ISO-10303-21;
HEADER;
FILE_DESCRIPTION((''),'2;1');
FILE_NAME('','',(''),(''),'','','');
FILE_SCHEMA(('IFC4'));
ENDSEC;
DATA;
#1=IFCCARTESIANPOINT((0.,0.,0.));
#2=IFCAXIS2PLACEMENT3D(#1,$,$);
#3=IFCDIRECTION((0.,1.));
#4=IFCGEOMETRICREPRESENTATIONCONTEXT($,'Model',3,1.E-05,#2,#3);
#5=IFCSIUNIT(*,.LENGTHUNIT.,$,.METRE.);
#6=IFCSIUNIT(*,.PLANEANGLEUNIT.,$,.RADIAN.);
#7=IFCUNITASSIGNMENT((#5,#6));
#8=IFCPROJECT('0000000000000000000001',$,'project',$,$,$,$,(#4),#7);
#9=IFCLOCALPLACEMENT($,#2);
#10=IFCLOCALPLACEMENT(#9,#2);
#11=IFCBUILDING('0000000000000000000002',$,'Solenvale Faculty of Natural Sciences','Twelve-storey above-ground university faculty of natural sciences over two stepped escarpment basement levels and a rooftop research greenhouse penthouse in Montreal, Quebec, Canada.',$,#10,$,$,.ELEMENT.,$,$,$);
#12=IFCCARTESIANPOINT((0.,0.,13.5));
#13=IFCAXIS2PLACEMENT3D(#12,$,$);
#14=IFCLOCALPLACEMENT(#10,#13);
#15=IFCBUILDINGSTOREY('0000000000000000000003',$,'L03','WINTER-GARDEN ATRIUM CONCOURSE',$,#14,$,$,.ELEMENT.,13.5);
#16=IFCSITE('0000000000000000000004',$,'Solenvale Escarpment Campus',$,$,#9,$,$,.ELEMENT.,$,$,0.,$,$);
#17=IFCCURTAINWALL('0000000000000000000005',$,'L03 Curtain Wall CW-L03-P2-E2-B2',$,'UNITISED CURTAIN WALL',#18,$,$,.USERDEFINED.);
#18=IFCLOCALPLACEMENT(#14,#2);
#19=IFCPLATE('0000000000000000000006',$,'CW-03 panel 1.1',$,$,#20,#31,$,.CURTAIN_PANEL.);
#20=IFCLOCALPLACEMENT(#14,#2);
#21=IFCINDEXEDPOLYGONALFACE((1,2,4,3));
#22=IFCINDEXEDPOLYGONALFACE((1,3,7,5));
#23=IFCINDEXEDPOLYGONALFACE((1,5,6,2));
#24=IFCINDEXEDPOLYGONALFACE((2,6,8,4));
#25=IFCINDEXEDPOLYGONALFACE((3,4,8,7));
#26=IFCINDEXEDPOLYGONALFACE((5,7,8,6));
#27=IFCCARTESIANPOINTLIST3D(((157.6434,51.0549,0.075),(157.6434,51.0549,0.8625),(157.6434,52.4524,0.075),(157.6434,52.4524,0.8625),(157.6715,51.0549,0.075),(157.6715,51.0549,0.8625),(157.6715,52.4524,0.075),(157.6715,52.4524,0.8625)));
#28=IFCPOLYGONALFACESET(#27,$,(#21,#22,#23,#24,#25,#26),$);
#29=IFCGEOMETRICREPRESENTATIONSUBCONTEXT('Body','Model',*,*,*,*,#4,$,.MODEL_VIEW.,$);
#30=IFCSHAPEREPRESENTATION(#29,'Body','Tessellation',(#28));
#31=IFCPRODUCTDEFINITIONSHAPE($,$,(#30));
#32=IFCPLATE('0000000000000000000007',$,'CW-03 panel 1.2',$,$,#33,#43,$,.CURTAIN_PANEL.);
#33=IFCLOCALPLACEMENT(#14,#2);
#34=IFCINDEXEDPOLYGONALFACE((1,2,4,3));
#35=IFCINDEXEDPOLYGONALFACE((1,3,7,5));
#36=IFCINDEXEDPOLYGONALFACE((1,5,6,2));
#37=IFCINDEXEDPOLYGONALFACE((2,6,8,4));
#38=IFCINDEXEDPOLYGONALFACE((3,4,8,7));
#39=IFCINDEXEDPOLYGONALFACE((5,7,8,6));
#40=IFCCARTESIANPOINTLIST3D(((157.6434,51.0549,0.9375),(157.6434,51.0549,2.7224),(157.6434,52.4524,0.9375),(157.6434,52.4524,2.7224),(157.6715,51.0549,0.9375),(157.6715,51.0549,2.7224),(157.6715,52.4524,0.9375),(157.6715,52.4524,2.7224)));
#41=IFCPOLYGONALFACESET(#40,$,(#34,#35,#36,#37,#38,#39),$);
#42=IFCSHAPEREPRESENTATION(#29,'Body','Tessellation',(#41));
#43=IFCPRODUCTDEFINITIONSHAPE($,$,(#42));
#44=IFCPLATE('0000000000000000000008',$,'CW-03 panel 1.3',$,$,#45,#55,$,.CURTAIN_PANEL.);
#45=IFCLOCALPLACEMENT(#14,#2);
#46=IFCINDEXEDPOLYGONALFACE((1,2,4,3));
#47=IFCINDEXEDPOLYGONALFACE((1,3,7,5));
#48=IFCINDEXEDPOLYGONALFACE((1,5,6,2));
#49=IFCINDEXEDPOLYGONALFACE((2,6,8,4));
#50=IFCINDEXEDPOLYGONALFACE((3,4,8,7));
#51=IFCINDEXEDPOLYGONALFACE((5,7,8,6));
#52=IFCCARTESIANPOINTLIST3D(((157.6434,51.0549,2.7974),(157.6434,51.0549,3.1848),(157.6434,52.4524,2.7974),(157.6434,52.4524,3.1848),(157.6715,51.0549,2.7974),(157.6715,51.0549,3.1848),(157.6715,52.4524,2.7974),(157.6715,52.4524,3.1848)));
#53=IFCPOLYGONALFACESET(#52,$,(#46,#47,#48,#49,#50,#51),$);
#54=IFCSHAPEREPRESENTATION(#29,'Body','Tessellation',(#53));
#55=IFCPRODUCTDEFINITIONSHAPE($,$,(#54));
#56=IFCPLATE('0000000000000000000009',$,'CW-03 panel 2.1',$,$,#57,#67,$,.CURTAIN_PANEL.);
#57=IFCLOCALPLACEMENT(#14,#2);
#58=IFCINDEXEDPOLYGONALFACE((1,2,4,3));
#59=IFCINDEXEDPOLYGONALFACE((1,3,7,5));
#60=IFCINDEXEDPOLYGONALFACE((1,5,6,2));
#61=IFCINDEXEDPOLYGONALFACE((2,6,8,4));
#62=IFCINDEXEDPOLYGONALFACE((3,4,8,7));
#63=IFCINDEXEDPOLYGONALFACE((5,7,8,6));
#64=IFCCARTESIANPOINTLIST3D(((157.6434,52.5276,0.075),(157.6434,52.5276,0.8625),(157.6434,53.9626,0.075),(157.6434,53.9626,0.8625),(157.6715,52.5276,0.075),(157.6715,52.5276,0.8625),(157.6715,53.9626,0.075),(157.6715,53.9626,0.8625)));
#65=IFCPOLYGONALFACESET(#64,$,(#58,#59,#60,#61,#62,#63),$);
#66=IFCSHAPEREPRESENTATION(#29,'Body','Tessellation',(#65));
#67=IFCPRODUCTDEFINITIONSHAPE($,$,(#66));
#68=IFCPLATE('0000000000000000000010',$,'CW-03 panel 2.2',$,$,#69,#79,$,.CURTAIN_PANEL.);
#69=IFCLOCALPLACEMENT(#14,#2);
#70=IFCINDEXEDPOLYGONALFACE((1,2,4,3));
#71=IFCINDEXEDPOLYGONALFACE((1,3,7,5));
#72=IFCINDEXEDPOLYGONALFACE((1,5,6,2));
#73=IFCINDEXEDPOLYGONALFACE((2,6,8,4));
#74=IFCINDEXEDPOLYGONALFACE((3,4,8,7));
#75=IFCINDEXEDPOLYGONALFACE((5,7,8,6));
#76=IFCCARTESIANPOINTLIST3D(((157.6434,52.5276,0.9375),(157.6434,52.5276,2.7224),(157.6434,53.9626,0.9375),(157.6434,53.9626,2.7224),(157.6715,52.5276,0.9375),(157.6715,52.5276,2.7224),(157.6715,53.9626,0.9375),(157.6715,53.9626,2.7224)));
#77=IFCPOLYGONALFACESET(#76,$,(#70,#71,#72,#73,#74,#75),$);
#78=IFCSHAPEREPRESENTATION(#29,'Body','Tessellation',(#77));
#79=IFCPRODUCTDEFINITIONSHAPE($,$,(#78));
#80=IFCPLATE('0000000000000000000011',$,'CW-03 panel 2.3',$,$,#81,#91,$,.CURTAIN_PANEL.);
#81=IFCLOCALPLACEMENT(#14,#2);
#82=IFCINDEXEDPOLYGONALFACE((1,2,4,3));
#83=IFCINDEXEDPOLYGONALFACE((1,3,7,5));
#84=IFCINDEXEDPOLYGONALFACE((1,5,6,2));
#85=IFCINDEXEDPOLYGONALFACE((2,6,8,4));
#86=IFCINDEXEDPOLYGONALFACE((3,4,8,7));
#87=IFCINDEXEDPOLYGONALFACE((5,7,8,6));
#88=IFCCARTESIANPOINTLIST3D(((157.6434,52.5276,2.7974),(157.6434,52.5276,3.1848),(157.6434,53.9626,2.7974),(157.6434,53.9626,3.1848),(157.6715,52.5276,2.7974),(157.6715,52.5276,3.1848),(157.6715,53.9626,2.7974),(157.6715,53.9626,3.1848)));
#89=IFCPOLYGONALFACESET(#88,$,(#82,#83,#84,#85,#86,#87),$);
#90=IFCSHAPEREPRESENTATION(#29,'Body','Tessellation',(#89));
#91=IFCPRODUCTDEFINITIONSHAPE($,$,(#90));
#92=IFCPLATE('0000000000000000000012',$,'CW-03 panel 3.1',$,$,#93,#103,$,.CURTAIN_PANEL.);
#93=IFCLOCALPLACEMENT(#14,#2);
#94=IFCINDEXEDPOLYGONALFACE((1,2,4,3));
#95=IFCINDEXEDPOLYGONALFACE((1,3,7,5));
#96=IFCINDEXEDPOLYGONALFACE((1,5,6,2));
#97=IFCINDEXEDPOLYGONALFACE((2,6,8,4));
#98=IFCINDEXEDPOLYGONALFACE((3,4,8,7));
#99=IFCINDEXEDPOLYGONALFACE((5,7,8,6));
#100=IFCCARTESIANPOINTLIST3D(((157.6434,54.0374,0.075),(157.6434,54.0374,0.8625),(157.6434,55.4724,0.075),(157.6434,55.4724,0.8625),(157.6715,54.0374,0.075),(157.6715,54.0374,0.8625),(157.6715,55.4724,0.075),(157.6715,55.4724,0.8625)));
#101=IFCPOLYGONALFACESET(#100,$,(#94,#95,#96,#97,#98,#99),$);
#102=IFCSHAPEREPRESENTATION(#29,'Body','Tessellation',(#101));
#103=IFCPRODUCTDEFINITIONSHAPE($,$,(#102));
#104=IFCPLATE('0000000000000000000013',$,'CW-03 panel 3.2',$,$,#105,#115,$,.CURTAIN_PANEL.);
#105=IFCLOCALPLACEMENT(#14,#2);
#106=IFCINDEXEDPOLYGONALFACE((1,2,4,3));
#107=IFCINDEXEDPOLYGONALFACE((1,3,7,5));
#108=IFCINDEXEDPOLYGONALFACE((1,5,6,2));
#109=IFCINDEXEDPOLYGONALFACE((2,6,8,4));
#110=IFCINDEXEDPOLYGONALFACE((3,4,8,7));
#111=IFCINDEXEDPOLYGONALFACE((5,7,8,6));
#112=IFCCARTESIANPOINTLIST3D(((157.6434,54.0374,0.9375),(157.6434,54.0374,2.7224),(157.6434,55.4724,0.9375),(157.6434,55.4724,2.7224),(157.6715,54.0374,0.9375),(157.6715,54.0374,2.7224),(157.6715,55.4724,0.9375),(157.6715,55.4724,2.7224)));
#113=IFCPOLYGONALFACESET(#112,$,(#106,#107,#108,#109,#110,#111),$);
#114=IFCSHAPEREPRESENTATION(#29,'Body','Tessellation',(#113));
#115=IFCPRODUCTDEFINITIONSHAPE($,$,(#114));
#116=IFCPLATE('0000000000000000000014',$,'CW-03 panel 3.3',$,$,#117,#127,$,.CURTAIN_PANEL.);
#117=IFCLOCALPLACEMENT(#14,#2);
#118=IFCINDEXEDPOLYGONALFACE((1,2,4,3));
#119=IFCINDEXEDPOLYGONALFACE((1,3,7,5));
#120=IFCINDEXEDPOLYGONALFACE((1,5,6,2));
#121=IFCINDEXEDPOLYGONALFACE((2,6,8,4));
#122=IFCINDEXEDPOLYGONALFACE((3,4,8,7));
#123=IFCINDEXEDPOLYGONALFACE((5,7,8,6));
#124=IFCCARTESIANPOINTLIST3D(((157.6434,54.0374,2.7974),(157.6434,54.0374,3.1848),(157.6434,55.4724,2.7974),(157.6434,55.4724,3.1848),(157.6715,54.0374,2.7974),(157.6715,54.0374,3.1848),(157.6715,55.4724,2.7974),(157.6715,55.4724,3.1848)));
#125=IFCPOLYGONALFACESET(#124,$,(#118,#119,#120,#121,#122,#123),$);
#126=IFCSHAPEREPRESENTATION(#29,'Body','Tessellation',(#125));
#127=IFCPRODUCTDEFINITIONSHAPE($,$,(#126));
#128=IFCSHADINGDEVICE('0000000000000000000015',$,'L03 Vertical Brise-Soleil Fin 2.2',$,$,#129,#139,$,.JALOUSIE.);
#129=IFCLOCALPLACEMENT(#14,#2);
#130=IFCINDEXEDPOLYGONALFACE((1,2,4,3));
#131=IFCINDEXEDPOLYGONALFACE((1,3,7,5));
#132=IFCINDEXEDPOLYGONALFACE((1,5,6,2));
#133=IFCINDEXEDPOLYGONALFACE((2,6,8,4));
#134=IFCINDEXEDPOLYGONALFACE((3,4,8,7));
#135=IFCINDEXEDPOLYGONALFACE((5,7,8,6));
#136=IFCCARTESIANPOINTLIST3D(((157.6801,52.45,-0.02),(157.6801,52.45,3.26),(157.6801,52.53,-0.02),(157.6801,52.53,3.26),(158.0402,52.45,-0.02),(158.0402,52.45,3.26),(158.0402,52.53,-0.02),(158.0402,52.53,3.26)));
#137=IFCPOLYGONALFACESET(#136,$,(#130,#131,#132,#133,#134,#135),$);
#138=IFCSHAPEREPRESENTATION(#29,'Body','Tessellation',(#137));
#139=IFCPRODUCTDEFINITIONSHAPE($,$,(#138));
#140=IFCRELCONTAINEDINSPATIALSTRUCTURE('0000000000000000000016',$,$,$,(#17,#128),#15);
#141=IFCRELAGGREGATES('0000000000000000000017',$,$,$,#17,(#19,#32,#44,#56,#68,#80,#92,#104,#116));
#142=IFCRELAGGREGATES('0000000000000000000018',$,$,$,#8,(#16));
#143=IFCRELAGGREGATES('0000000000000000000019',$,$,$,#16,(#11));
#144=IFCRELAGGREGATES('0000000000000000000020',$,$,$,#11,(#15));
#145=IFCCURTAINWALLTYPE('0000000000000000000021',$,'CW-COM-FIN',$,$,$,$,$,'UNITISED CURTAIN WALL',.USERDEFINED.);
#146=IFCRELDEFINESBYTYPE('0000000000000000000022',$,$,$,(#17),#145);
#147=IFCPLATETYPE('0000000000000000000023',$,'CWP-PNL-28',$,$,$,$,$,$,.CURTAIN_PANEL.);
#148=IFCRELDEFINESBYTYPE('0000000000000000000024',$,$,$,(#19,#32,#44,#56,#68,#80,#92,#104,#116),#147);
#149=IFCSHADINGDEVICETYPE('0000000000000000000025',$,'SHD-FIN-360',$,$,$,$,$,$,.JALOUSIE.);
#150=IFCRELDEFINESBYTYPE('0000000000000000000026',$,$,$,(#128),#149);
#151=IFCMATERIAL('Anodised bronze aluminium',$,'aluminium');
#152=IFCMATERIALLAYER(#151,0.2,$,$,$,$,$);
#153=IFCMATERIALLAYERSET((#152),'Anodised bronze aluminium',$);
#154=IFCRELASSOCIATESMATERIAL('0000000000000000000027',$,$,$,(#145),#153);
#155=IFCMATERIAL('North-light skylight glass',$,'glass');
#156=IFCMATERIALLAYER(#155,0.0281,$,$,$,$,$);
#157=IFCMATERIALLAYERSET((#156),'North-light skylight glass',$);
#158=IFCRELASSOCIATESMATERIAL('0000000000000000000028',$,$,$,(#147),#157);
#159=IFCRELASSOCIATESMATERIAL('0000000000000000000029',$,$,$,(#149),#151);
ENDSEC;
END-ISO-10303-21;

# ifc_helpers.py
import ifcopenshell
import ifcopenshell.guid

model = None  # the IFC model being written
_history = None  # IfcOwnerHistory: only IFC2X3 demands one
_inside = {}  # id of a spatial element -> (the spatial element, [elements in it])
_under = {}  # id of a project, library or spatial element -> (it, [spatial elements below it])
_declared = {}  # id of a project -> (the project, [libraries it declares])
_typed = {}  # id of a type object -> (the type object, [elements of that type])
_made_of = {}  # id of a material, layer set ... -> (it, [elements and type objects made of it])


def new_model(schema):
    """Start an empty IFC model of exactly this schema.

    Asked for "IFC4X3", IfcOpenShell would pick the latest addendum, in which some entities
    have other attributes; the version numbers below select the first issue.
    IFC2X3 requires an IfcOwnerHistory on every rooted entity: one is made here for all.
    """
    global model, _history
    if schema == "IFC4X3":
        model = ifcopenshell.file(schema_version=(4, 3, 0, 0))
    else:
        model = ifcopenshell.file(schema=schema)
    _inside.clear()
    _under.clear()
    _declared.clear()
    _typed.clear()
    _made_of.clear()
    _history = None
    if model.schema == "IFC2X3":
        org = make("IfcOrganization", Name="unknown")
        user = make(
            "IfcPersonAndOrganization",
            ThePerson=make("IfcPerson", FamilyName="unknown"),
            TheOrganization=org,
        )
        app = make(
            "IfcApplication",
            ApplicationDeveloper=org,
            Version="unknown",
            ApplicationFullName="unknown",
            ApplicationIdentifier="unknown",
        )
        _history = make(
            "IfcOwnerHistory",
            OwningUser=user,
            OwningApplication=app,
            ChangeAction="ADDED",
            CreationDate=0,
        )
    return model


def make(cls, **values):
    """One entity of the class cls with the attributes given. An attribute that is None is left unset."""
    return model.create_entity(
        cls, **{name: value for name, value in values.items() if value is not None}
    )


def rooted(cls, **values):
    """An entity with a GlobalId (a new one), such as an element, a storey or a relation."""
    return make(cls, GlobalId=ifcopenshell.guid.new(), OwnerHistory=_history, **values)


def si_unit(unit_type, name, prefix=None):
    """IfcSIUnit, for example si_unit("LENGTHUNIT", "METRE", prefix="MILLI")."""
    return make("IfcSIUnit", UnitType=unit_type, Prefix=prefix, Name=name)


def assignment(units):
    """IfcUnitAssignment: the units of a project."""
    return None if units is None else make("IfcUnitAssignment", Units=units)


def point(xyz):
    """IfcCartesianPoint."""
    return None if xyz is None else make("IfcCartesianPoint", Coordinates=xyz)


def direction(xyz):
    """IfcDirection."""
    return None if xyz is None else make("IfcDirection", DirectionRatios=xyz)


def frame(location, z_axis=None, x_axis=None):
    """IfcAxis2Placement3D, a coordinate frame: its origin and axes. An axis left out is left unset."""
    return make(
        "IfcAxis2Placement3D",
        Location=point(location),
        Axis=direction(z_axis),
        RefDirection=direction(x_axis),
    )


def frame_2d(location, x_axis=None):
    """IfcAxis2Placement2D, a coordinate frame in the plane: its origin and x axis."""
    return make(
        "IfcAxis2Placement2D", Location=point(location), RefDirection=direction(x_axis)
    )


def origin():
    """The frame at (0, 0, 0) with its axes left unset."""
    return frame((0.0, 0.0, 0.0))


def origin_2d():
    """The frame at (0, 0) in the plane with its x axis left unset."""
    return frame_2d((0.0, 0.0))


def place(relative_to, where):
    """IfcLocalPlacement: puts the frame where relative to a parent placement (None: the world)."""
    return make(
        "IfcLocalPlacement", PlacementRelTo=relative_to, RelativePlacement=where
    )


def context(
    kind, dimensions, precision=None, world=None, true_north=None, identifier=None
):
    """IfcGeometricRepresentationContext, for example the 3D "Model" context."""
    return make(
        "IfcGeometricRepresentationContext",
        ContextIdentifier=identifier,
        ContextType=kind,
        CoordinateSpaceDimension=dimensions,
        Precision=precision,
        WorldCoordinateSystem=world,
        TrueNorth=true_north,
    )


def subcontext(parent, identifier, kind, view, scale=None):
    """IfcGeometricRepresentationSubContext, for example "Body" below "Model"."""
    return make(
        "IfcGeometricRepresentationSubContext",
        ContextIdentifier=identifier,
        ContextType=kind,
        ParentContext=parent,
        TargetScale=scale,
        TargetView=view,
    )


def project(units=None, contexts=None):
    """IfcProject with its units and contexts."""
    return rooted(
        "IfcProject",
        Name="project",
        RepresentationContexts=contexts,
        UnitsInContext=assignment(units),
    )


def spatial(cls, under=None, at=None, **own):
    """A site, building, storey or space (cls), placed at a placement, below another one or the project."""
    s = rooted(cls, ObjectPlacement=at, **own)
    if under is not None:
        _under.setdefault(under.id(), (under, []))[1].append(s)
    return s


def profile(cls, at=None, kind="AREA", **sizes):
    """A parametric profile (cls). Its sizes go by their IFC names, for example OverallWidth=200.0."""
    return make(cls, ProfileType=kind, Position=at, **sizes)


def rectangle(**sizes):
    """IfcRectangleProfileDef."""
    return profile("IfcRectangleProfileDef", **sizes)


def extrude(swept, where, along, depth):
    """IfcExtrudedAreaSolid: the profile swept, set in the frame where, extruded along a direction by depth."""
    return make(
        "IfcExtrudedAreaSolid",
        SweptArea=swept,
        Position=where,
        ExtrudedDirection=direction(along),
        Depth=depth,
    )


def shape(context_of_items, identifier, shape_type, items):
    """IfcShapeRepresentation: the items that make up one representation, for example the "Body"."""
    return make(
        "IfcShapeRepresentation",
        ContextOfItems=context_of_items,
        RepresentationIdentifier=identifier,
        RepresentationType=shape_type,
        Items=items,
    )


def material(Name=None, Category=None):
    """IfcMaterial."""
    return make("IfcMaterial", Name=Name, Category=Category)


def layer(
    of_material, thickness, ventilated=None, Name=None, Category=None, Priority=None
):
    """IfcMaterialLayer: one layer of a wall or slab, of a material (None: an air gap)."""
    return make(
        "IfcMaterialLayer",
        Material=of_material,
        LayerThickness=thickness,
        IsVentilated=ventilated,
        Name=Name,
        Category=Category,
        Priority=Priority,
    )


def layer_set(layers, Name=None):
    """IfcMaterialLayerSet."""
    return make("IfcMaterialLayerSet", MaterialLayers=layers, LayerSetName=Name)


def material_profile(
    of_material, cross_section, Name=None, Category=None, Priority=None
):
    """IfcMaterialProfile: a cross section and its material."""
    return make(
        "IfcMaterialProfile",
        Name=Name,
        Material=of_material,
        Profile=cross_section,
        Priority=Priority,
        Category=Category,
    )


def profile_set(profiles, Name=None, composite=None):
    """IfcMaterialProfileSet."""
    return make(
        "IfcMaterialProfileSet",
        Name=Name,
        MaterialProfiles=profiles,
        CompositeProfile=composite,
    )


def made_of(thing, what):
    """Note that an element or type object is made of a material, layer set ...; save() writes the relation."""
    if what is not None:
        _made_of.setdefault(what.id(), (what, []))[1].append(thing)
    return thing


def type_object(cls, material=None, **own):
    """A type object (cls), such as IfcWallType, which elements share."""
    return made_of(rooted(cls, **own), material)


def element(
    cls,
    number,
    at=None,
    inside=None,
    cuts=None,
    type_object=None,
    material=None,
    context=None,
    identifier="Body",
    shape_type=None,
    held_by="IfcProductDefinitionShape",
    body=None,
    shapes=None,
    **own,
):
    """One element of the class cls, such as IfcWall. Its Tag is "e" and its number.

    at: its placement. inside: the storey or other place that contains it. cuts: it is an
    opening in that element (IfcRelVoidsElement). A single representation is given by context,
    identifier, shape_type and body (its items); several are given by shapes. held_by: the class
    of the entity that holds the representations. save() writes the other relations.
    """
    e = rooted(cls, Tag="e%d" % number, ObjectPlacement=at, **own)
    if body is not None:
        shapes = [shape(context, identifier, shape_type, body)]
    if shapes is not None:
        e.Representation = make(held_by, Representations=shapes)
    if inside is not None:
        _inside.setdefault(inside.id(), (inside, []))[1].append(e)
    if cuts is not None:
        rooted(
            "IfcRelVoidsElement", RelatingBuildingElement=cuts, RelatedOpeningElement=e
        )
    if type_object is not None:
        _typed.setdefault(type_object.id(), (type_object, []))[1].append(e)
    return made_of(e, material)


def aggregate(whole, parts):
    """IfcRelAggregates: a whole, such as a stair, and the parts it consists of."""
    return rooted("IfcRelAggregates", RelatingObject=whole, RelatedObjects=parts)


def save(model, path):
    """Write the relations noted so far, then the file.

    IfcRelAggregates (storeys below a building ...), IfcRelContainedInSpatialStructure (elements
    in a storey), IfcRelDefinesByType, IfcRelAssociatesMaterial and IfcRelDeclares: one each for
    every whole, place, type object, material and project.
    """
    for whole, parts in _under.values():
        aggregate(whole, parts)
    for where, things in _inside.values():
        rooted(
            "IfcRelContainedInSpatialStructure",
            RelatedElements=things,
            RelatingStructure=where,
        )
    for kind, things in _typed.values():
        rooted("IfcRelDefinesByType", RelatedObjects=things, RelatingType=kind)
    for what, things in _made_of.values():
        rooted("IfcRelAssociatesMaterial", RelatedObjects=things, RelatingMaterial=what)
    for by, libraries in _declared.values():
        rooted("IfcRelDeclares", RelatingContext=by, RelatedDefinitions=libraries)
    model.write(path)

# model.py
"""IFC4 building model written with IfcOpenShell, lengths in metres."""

from ifc_helpers import new_model, si_unit, direction, frame, origin, origin_2d, place, context, subcontext, project, spatial, rectangle, extrude, material, layer, layer_set, material_profile, profile_set, type_object, element, aggregate, save


model = new_model("IFC4")

# Units and contexts
model_context = context("Model", 3, precision=1e-05, world=origin(), true_north=direction((0.0, 1.0)))
body_context = subcontext(model_context, "Body", "Model", "MODEL_VIEW")
ifc_project = project(units=[si_unit("LENGTHUNIT", "METRE"), si_unit("PLANEANGLEUNIT", "RADIAN")], contexts=[model_context])

# Site, building, storey
site_placement = place(None, origin())
site = spatial("IfcSite", under=ifc_project, at=site_placement, Name="Solenvale Escarpment Campus", CompositionType="ELEMENT", RefElevation=0.0)
building_placement = place(site_placement, origin())
building = spatial("IfcBuilding", under=site, at=building_placement, Name="Solenvale Faculty of Natural Sciences", Description="Twelve-storey above-ground university faculty of natural sciences over two stepped escarpment basement levels and a rooftop research greenhouse penthouse in Montreal, Quebec, Canada.", CompositionType="ELEMENT")
storey_placement = place(building_placement, frame((0.0, 0.0, 13.5)))
storey = spatial("IfcBuildingStorey", under=building, at=storey_placement, Name="L03", Description="WINTER-GARDEN ATRIUM CONCOURSE", CompositionType="ELEMENT", Elevation=13.5)

# Curtain wall, plates
ifc_material_1 = material(Name="Anodised bronze aluminium", Category="aluminium")
ifc_layer_1 = layer(ifc_material_1, 0.2)
ifc_layer_set_1 = layer_set([ifc_layer_1], Name="Anodised bronze aluminium")
curtain_wall_type = type_object("IfcCurtainWallType", Name="CW-COM-FIN", ElementType="UNITISED CURTAIN WALL", PredefinedType="USERDEFINED", material=ifc_layer_set_1)
curtain_wall_placement = place(storey_placement, origin())
curtain_wall = element("IfcCurtainWall", 1, at=curtain_wall_placement, inside=storey, type_object=curtain_wall_type, Name="L03 Curtain Wall CW-L03-P2-E2-B2", ObjectType="UNITISED CURTAIN WALL", PredefinedType="USERDEFINED")
ifc_material_2 = material(Name="North-light skylight glass", Category="glass")
ifc_layer_2 = layer(ifc_material_2, 0.0281)
ifc_layer_set_2 = layer_set([ifc_layer_2], Name="North-light skylight glass")
plate_type = type_object("IfcPlateType", Name="CWP-PNL-28", PredefinedType="CURTAIN_PANEL", material=ifc_layer_set_2)
plate_1_placement = place(storey_placement, frame((157.6575, 51.7537, 0.075), z_axis=(0.0, 0.0, 1.0), x_axis=(0.0, 1.0, 0.0)))
plate_1 = element("IfcPlate", 2, at=plate_1_placement, type_object=plate_type, Name="CW-03 panel 1.1", PredefinedType="CURTAIN_PANEL", context=body_context, shape_type="SweptSolid", body=[
    extrude(rectangle(XDim=1.3975, YDim=0.0281, at=origin_2d()), origin(), (0.0, 0.0, 1.0), 0.7876),
])
plate_2_placement = place(storey_placement, frame((157.6575, 51.7537, 0.9375), z_axis=(0.0, 0.0, 1.0), x_axis=(0.0, 1.0, 0.0)))
plate_2 = element("IfcPlate", 3, at=plate_2_placement, type_object=plate_type, Name="CW-03 panel 1.2", PredefinedType="CURTAIN_PANEL", context=body_context, shape_type="SweptSolid", body=[
    extrude(rectangle(XDim=1.3975, YDim=0.0281, at=origin_2d()), origin(), (0.0, 0.0, 1.0), 1.7849),
])
plate_3_placement = place(storey_placement, frame((157.6575, 51.7537, 2.7974), z_axis=(0.0, 0.0, 1.0), x_axis=(0.0, 1.0, 0.0)))
plate_3 = element("IfcPlate", 4, at=plate_3_placement, type_object=plate_type, Name="CW-03 panel 1.3", PredefinedType="CURTAIN_PANEL", context=body_context, shape_type="SweptSolid", body=[
    extrude(rectangle(XDim=1.3975, YDim=0.0281, at=origin_2d()), origin(), (0.0, 0.0, 1.0), 0.3875),
])
plate_4_placement = place(storey_placement, frame((157.6575, 53.2451, 0.075), z_axis=(0.0, 0.0, 1.0), x_axis=(0.0, 1.0, 0.0)))
plate_4 = element("IfcPlate", 5, at=plate_4_placement, type_object=plate_type, Name="CW-03 panel 2.1", PredefinedType="CURTAIN_PANEL", context=body_context, shape_type="SweptSolid", body=[
    extrude(rectangle(XDim=1.4351, YDim=0.0281, at=origin_2d()), origin(), (0.0, 0.0, 1.0), 0.7876),
])
plate_5_placement = place(storey_placement, frame((157.6575, 53.2451, 0.9375), z_axis=(0.0, 0.0, 1.0), x_axis=(0.0, 1.0, 0.0)))
plate_5 = element("IfcPlate", 6, at=plate_5_placement, type_object=plate_type, Name="CW-03 panel 2.2", PredefinedType="CURTAIN_PANEL", context=body_context, shape_type="SweptSolid", body=[
    extrude(rectangle(XDim=1.4351, YDim=0.0281, at=origin_2d()), origin(), (0.0, 0.0, 1.0), 1.7849),
])
plate_6_placement = place(storey_placement, frame((157.6575, 53.2451, 2.7974), z_axis=(0.0, 0.0, 1.0), x_axis=(0.0, 1.0, 0.0)))
plate_6 = element("IfcPlate", 7, at=plate_6_placement, type_object=plate_type, Name="CW-03 panel 2.3", PredefinedType="CURTAIN_PANEL", context=body_context, shape_type="SweptSolid", body=[
    extrude(rectangle(XDim=1.4351, YDim=0.0281, at=origin_2d()), origin(), (0.0, 0.0, 1.0), 0.3875),
])
plate_7_placement = place(storey_placement, frame((157.6575, 54.7549, 0.075), z_axis=(0.0, 0.0, 1.0), x_axis=(0.0, 1.0, 0.0)))
plate_7 = element("IfcPlate", 8, at=plate_7_placement, type_object=plate_type, Name="CW-03 panel 3.1", PredefinedType="CURTAIN_PANEL", context=body_context, shape_type="SweptSolid", body=[
    extrude(rectangle(XDim=1.4351, YDim=0.0281, at=origin_2d()), origin(), (0.0, 0.0, 1.0), 0.7876),
])
plate_8_placement = place(storey_placement, frame((157.6575, 54.7549, 0.9375), z_axis=(0.0, 0.0, 1.0), x_axis=(0.0, 1.0, 0.0)))
plate_8 = element("IfcPlate", 9, at=plate_8_placement, type_object=plate_type, Name="CW-03 panel 3.2", PredefinedType="CURTAIN_PANEL", context=body_context, shape_type="SweptSolid", body=[
    extrude(rectangle(XDim=1.4351, YDim=0.0281, at=origin_2d()), origin(), (0.0, 0.0, 1.0), 1.7849),
])
plate_9_placement = place(storey_placement, frame((157.6575, 54.7549, 2.7974), z_axis=(0.0, 0.0, 1.0), x_axis=(0.0, 1.0, 0.0)))
plate_9 = element("IfcPlate", 10, at=plate_9_placement, type_object=plate_type, Name="CW-03 panel 3.3", PredefinedType="CURTAIN_PANEL", context=body_context, shape_type="SweptSolid", body=[
    extrude(rectangle(XDim=1.4351, YDim=0.0281, at=origin_2d()), origin(), (0.0, 0.0, 1.0), 0.3875),
])
aggregate(curtain_wall, [plate_1, plate_2, plate_3, plate_4, plate_5, plate_6, plate_7, plate_8, plate_9])

# Shading device
ifc_material_profile_1 = material_profile(ifc_material_1, rectangle(XDim=0.0801, YDim=0.3601, at=origin_2d()), Name="ALU-FIN-80x360")
ifc_profile_set_1 = profile_set([ifc_material_profile_1], Name="Anodised bronze aluminium")
shading_device_type = type_object("IfcShadingDeviceType", Name="SHD-FIN-360", PredefinedType="JALOUSIE", material=ifc_profile_set_1)
shading_device_placement = place(storey_placement, frame((157.8601, 52.49, -0.02), z_axis=(0.0, 0.0, 1.0), x_axis=(0.0, 1.0, 0.0)))
element("IfcShadingDevice", 11, at=shading_device_placement, inside=storey, type_object=shading_device_type, Name="L03 Vertical Brise-Soleil Fin 2.2", PredefinedType="JALOUSIE", context=body_context, shape_type="SweptSolid", body=[
    extrude(rectangle(XDim=0.0801, YDim=0.3601, at=origin_2d()), origin(), (0.0, 0.0, 1.0), 3.28),
])

save(model, "model.ifc")
